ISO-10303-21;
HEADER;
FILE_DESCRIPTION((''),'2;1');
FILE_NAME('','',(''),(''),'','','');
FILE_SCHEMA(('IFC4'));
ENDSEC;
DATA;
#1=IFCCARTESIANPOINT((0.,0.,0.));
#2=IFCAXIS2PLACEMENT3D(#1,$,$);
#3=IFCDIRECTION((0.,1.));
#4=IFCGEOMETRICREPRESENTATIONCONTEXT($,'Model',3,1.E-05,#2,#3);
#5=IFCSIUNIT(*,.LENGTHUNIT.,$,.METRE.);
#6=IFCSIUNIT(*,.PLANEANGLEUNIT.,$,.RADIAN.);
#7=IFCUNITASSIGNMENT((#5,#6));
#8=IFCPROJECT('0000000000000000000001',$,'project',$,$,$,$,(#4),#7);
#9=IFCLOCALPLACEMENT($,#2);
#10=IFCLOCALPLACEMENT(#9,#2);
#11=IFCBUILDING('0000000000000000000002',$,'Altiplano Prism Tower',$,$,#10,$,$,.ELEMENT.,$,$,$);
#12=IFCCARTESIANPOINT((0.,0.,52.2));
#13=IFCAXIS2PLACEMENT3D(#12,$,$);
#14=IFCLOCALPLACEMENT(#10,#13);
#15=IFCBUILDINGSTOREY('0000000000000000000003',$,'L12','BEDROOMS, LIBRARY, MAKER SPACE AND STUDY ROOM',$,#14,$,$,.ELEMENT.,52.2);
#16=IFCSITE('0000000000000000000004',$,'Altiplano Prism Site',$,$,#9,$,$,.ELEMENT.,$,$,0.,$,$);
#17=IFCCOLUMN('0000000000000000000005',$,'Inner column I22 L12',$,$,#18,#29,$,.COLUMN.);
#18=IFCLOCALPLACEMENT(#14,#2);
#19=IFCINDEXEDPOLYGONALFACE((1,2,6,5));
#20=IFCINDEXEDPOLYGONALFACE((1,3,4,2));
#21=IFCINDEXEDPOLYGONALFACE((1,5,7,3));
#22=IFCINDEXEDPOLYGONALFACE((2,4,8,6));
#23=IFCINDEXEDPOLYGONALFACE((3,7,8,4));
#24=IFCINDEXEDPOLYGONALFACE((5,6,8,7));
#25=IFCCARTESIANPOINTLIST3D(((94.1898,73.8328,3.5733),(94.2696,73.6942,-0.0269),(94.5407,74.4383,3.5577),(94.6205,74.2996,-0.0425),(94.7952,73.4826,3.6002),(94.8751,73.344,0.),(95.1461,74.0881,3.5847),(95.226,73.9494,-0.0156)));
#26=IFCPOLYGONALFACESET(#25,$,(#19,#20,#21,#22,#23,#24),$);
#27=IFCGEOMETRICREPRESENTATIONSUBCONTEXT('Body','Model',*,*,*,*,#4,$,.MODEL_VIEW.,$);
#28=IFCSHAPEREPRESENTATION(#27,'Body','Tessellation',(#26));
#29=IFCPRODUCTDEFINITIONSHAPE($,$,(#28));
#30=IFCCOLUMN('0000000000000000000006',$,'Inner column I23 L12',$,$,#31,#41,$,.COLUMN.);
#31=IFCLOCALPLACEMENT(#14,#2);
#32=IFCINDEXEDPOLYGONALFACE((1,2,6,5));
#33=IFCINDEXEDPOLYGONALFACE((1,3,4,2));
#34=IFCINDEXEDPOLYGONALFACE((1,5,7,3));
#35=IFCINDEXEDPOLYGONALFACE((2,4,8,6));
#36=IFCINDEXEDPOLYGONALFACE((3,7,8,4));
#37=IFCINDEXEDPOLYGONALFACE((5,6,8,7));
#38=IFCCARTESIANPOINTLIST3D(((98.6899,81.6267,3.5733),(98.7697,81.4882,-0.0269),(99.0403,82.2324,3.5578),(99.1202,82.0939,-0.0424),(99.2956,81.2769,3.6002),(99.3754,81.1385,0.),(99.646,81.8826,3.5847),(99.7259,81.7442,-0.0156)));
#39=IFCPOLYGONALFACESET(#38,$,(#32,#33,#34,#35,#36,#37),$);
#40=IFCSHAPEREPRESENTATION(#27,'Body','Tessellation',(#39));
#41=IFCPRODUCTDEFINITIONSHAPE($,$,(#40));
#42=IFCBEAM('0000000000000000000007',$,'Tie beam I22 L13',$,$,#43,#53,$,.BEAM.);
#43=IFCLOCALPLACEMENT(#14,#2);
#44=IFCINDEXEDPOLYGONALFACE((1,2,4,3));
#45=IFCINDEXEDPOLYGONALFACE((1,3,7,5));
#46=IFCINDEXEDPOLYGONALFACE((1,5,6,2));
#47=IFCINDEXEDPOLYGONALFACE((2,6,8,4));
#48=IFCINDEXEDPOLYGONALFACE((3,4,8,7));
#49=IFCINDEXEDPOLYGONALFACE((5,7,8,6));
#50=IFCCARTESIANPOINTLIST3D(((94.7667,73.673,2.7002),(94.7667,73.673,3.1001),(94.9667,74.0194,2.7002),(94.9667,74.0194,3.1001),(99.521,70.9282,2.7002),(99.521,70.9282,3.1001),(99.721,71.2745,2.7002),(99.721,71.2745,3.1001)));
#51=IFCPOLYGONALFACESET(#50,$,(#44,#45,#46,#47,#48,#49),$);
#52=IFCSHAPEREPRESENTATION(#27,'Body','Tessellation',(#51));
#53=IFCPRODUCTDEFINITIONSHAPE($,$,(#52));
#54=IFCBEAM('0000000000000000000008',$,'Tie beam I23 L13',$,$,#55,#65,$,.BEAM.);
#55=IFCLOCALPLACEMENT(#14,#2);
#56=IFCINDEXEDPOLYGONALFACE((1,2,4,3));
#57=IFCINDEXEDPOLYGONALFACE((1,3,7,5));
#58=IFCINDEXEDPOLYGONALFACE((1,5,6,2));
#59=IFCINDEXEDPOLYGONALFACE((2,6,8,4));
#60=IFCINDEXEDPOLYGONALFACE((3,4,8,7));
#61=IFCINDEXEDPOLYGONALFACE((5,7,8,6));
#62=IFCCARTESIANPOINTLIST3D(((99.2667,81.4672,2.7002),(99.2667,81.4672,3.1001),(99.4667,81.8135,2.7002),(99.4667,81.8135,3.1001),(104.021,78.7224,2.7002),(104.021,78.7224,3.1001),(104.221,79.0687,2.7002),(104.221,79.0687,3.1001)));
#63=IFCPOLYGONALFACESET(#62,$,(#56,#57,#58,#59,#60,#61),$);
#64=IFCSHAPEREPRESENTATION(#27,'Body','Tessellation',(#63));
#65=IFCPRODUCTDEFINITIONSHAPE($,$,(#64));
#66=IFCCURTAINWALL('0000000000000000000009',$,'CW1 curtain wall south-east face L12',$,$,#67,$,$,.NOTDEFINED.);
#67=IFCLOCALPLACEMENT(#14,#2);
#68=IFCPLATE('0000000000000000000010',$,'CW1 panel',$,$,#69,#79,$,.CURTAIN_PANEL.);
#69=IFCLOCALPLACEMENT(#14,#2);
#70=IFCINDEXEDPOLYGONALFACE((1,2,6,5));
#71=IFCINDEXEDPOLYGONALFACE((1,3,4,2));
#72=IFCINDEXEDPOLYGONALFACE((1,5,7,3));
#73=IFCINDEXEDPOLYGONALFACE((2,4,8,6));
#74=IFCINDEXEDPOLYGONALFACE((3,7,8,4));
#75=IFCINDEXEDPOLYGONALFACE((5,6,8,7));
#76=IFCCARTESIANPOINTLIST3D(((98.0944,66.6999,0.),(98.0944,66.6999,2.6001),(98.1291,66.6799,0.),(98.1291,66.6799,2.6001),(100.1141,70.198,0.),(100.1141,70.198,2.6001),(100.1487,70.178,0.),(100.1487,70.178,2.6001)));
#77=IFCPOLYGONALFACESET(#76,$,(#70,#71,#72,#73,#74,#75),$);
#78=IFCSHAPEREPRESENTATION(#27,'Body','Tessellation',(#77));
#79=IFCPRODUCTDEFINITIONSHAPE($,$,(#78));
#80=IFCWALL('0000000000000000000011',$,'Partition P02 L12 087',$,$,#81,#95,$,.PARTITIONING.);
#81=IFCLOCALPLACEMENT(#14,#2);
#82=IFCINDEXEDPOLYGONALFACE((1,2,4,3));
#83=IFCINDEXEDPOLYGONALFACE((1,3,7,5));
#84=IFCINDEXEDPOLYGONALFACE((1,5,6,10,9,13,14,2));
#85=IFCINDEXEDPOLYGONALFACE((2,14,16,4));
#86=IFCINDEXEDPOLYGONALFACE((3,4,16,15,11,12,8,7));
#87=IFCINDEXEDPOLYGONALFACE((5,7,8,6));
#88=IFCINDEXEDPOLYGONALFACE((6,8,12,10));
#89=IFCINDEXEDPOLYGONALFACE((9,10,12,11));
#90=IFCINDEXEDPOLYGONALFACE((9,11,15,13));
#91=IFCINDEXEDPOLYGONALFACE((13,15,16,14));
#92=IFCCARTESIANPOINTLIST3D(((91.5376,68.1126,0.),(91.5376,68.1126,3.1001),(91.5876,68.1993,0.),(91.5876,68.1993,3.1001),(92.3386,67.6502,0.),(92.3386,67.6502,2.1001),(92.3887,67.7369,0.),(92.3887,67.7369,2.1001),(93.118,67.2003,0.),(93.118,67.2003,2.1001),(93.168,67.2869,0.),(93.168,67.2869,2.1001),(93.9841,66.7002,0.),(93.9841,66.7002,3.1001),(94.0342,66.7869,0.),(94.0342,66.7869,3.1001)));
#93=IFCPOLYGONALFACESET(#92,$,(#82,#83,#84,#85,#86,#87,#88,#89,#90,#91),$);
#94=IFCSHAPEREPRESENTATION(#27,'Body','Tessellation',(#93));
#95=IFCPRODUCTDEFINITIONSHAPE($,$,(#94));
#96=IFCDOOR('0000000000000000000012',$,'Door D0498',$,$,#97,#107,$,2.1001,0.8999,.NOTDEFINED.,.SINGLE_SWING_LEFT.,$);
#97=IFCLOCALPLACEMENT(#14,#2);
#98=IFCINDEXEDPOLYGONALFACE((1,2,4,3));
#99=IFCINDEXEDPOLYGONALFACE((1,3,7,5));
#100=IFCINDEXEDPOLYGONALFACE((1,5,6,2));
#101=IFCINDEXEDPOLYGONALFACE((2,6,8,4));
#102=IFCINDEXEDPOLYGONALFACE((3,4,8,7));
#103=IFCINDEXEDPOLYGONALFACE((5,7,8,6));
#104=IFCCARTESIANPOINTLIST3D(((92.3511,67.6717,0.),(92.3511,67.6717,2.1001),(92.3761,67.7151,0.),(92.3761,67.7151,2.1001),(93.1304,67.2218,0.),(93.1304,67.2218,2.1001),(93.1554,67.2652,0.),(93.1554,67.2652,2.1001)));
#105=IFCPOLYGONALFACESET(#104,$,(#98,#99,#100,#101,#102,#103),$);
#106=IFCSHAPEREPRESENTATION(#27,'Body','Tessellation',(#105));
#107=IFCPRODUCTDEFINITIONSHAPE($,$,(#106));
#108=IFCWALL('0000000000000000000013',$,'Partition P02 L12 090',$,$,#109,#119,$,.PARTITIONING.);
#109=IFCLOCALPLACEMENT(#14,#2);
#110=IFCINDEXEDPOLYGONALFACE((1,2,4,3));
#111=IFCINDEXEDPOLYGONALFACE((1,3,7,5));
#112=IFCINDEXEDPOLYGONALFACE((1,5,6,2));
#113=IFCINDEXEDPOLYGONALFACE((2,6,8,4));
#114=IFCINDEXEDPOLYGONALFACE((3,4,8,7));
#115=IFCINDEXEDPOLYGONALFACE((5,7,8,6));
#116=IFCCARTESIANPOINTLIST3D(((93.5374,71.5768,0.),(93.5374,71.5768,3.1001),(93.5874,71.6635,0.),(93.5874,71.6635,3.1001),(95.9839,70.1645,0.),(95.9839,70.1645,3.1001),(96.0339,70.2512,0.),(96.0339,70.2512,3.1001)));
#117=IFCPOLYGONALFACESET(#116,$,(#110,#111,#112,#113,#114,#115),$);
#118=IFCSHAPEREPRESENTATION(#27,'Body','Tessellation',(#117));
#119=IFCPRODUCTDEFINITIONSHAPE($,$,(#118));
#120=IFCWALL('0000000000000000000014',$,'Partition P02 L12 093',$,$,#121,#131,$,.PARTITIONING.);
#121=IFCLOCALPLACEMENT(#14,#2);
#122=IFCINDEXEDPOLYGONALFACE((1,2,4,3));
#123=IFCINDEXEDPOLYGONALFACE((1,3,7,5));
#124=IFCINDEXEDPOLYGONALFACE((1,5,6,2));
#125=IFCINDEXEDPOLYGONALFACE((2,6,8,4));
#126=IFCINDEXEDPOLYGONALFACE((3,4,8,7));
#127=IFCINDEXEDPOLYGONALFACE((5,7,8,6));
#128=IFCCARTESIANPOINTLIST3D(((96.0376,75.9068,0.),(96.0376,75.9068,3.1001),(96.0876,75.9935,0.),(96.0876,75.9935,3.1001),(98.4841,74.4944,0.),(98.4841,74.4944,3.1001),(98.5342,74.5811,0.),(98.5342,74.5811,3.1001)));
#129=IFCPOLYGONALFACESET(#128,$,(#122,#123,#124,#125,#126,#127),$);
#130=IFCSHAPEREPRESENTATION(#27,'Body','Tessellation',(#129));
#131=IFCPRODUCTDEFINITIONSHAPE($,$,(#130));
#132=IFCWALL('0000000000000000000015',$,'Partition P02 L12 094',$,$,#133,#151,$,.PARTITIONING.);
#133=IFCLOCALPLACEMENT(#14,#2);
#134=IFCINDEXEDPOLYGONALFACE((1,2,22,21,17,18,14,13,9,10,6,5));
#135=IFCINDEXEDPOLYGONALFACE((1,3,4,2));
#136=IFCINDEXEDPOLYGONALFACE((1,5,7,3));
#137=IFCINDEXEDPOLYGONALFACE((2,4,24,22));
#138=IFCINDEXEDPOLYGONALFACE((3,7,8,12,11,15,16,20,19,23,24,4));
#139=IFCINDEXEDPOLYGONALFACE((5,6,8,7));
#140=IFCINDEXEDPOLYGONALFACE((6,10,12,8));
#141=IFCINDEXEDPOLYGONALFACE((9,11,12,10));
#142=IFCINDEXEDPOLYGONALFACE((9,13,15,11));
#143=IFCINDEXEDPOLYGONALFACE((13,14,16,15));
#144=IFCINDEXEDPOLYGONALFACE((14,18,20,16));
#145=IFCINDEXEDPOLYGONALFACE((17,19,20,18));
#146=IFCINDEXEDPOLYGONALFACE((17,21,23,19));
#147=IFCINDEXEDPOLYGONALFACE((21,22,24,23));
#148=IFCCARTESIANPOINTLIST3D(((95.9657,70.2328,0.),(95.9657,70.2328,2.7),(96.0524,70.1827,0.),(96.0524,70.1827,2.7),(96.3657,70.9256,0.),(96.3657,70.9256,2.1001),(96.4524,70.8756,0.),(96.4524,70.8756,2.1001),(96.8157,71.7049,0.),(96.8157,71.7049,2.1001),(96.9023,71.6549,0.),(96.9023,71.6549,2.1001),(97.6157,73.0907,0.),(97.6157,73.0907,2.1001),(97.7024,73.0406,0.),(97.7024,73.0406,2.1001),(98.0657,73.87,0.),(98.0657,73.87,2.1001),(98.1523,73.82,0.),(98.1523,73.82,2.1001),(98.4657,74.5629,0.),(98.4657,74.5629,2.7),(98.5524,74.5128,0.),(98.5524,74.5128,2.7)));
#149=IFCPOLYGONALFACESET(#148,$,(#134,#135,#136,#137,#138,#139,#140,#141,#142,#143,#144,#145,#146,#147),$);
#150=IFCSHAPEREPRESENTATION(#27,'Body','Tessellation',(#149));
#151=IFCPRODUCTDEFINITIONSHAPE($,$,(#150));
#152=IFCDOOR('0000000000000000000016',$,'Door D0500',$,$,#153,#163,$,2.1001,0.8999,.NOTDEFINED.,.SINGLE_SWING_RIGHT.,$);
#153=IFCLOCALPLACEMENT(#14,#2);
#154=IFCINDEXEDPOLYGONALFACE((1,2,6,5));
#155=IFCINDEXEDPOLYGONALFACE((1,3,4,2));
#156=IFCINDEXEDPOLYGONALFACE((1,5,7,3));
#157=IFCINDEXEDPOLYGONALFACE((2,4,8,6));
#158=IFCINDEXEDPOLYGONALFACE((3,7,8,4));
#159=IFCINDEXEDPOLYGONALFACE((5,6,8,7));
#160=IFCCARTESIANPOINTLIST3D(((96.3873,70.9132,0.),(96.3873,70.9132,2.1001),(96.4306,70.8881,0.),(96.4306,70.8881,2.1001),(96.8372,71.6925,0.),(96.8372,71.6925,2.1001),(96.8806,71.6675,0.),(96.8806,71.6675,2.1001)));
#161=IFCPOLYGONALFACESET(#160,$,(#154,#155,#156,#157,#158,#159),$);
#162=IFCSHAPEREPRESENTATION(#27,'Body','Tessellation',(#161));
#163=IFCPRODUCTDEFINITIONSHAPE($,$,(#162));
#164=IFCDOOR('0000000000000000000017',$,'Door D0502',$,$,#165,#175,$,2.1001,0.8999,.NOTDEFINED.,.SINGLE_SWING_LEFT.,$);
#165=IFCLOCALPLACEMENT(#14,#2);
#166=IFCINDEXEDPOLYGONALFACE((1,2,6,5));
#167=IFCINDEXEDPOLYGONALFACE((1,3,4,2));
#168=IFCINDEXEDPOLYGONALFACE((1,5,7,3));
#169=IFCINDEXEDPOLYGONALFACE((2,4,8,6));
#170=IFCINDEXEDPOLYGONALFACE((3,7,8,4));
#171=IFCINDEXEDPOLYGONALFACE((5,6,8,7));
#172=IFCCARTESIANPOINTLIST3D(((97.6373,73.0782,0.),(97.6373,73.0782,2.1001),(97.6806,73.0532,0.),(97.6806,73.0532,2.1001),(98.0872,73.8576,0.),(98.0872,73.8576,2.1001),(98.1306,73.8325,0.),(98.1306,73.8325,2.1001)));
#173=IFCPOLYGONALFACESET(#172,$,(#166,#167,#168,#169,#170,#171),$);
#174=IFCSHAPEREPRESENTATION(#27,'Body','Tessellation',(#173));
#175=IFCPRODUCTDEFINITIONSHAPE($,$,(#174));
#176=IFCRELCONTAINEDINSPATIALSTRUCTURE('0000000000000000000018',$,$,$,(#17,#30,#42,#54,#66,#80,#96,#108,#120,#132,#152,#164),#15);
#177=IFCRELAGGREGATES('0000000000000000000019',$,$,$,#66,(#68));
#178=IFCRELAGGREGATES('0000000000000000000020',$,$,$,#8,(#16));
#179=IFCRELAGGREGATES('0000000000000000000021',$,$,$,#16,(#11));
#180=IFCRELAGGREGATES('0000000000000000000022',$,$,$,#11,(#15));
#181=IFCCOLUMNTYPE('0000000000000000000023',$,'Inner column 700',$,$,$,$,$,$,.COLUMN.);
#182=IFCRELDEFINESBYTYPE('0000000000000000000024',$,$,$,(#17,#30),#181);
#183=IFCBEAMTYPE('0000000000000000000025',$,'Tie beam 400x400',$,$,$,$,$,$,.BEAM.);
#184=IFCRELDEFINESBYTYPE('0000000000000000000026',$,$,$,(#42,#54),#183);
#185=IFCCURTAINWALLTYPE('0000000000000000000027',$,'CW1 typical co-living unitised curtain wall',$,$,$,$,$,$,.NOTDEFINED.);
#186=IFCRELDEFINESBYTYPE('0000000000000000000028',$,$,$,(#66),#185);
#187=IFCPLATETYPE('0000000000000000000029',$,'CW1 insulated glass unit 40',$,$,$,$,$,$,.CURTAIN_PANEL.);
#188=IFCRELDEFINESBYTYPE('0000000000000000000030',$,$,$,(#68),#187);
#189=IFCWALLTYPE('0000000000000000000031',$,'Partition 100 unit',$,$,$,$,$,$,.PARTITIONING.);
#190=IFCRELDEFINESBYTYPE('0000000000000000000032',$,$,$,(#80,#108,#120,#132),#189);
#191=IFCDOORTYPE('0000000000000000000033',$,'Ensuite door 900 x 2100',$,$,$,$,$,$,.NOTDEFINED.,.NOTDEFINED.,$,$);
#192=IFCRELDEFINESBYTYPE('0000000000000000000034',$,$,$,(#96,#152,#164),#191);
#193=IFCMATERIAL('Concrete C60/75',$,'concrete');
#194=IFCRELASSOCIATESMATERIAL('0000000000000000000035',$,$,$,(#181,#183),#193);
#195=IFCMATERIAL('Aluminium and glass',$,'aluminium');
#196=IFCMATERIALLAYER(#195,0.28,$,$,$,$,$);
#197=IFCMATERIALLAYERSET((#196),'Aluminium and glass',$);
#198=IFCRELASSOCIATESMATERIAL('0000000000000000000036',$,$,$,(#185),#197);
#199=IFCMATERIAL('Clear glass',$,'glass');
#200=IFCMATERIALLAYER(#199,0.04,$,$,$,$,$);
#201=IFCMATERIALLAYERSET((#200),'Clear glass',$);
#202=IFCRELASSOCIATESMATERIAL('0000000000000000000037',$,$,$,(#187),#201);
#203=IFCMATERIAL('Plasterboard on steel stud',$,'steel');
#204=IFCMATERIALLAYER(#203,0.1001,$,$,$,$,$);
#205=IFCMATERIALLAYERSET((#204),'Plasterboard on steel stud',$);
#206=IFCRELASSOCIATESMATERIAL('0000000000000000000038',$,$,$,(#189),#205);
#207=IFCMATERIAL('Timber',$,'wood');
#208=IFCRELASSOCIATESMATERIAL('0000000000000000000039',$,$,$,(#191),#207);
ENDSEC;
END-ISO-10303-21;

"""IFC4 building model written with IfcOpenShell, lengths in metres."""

from ifc_helpers import new_model, si_unit, direction, frame, frame_2d, origin, origin_2d, place, context, subcontext, project, spatial, rectangle, extrude, material, layer, layer_set, material_profile, profile_set, type_object, element, fill, aggregate, save


model = new_model("IFC4")

# Units and contexts
model_context = context("Model", 3, precision=1e-05, world=origin(), true_north=direction((0.0, 1.0)))
body_context = subcontext(model_context, "Body", "Model", "MODEL_VIEW")
ifc_project = project(units=[si_unit("LENGTHUNIT", "METRE"), si_unit("PLANEANGLEUNIT", "RADIAN")], contexts=[model_context])

# Site, building, storey
site_placement = place(None, origin())
site = spatial("IfcSite", under=ifc_project, at=site_placement, Name="Altiplano Prism Site", CompositionType="ELEMENT", RefElevation=0.0)
building_placement = place(site_placement, origin())
building = spatial("IfcBuilding", under=site, at=building_placement, Name="Altiplano Prism Tower", CompositionType="ELEMENT")
storey_placement = place(building_placement, frame((0.0, 0.0, 52.2)))
storey = spatial("IfcBuildingStorey", under=building, at=storey_placement, Name="L12", Description="BEDROOMS, LIBRARY, MAKER SPACE AND STUDY ROOM", CompositionType="ELEMENT", Elevation=52.2)

# Columns
ifc_material_1 = material(Name="Concrete C60/75", Category="concrete")
ifc_material_profile_1 = material_profile(ifc_material_1, rectangle(XDim=0.7, YDim=0.7, at=origin_2d()), Name="Inner column 700")
ifc_profile_set_1 = profile_set([ifc_material_profile_1], Name="Concrete C60/75")
column_type = type_object("IfcColumnType", Name="Inner column 700", PredefinedType="COLUMN", material=ifc_profile_set_1)
for number, where, z_axis, x_axis, name in (
    (1, (94.7478, 73.8218, -0.0212), (-0.022154, 0.038481, 0.999014), (-0.501313, -0.864981, 0.022201), "Inner column I22 L12"),
    (2, (99.2478, 81.6162, -0.0212), (-0.022154, 0.038413, 0.999016), (-0.500657, -0.865362, 0.022172), "Inner column I23 L12"),
):
    element("IfcColumn", number, at=place(storey_placement, frame(where, z_axis=z_axis, x_axis=x_axis)), inside=storey, type_object=column_type, Name=name, PredefinedType="COLUMN", context=body_context, shape_type="SweptSolid", body=[
        extrude(rectangle(XDim=0.7, YDim=0.7, at=origin_2d()), origin(), (0.0, 0.0, 1.0), 3.6038),
    ])

# Beams
ifc_material_profile_2 = material_profile(ifc_material_1, rectangle(XDim=0.3999, YDim=0.3999, at=origin_2d()), Name="Tie beam 400x400")
ifc_profile_set_2 = profile_set([ifc_material_profile_2], Name="Concrete C60/75")
beam_type = type_object("IfcBeamType", Name="Tie beam 400x400", PredefinedType="BEAM", material=ifc_profile_set_2)
for number, where, z_axis, x_axis, name in (
    (3, (94.8667, 73.8462, 2.9001), (0.866032, -0.499989, 0.0), (0.499989, 0.866032, 0.0), "Tie beam I22 L13"),
    (4, (99.3667, 81.6404, 2.9001), (0.866032, -0.499989, 0.0), (0.499989, 0.866032, 0.0), "Tie beam I23 L13"),
):
    element("IfcBeam", number, at=place(storey_placement, frame(where, z_axis=z_axis, x_axis=x_axis)), inside=storey, type_object=beam_type, Name=name, PredefinedType="BEAM", context=body_context, shape_type="SweptSolid", body=[
        extrude(rectangle(XDim=0.3999, YDim=0.3999, at=origin_2d()), origin(), (0.0, 0.0, 1.0), 5.4897),
    ])

# Curtain wall, plate
ifc_material_2 = material(Name="Aluminium and glass", Category="aluminium")
ifc_layer_1 = layer(ifc_material_2, 0.28)
ifc_layer_set_1 = layer_set([ifc_layer_1], Name="Aluminium and glass")
curtain_wall_type = type_object("IfcCurtainWallType", Name="CW1 typical co-living unitised curtain wall", PredefinedType="NOTDEFINED", material=ifc_layer_set_1)
curtain_wall_placement = place(storey_placement, origin())
curtain_wall = element("IfcCurtainWall", 5, at=curtain_wall_placement, inside=storey, type_object=curtain_wall_type, Name="CW1 curtain wall south-east face L12", PredefinedType="NOTDEFINED")
ifc_material_3 = material(Name="Clear glass", Category="glass")
ifc_layer_2 = layer(ifc_material_3, 0.04)
ifc_layer_set_2 = layer_set([ifc_layer_2], Name="Clear glass")
plate_type = type_object("IfcPlateType", Name="CW1 insulated glass unit 40", PredefinedType="CURTAIN_PANEL", material=ifc_layer_set_2)
plate_placement = place(storey_placement, frame((99.1216, 68.439, 0.0), z_axis=(0.0, 0.0, 1.0), x_axis=(0.5, 0.866025, 0.0)))
plate = element("IfcPlate", 6, at=plate_placement, type_object=plate_type, Name="CW1 panel", PredefinedType="CURTAIN_PANEL", context=body_context, shape_type="SweptSolid", body=[
    extrude(rectangle(XDim=4.0393, YDim=0.04, at=origin_2d()), origin(), (0.0, 0.0, 1.0), 2.6001),
])
aggregate(curtain_wall, [plate])

# Wall, opening, door
ifc_material_4 = material(Name="Plasterboard on steel stud", Category="steel")
ifc_layer_3 = layer(ifc_material_4, 0.1001)
ifc_layer_set_3 = layer_set([ifc_layer_3], Name="Plasterboard on steel stud")
wall_type_1 = type_object("IfcWallType", Name="Partition 100 unit", PredefinedType="PARTITIONING", material=ifc_layer_set_3)
wall_1_placement = place(storey_placement, frame((91.5625, 68.156, 0.0), z_axis=(0.0, 0.0, 1.0), x_axis=(0.866049, -0.499959, 0.0)))
wall_1 = element("IfcWall", 7, at=wall_1_placement, inside=storey, type_object=wall_type_1, Name="Partition P02 L12 087", PredefinedType="PARTITIONING", context=body_context, shape_type="SweptSolid", body=[
    extrude(rectangle(XDim=2.825, YDim=0.1001, at=frame_2d((1.4126, 0.0))), origin(), (0.0, 0.0, 1.0), 3.1001),
])
opening_1_placement = place(wall_1_placement, frame((0.925, 0.0, 0.0)))
opening_1 = element("IfcOpeningElement", 8, at=opening_1_placement, cuts=wall_1, PredefinedType="OPENING", context=body_context, shape_type="SweptSolid", body=[
    extrude(rectangle(XDim=0.8999, YDim=2.1001, at=frame_2d((0.45, 1.05))), frame((0.0, 0.0605, 0.0), z_axis=(0.0, -1.0, 0.0), x_axis=(1.0, 0.0, 0.0)), (0.0, 0.0, 1.0), 0.1211),
])
ifc_material_5 = material(Name="Timber", Category="wood")
door_type = type_object("IfcDoorType", Name="Ensuite door 900 x 2100", OperationType="NOTDEFINED", PredefinedType="NOTDEFINED", material=ifc_material_5)
door_1_placement = place(opening_1_placement, origin())
door_1 = element("IfcDoor", 9, at=door_1_placement, inside=storey, type_object=door_type, Name="Door D0498", OperationType="SINGLE_SWING_LEFT", OverallHeight=2.1001, OverallWidth=0.8999, PredefinedType="NOTDEFINED", context=body_context, shape_type="SweptSolid", body=[
    extrude(rectangle(XDim=0.8999, YDim=2.1001, at=frame_2d((0.45, 1.05))), frame((0.0, 0.0249, 0.0), z_axis=(0.0, -1.0, 0.0), x_axis=(1.0, 0.0, 0.0)), (0.0, 0.0, 1.0), 0.05),
])
fill(opening_1, door_1)

# Walls
for number, where, z_axis, x_axis, name in (
    (10, (96.009, 70.2078, 0.0), (0.0, 0.0, 1.0), (-0.866049, 0.499959, 0.0), "Partition P02 L12 090"),
    (11, (96.0625, 75.9502, 0.0), (0.0, 0.0, 1.0), (0.866049, -0.499959, 0.0), "Partition P02 L12 093"),
):
    element("IfcWall", number, at=place(storey_placement, frame(where, z_axis=z_axis, x_axis=x_axis)), inside=storey, type_object=wall_type_1, Name=name, PredefinedType="PARTITIONING", context=body_context, shape_type="SweptSolid", body=[
        extrude(rectangle(XDim=2.825, YDim=0.1001, at=frame_2d((1.4126, 0.0))), origin(), (0.0, 0.0, 1.0), 3.1001),
    ])

# Wall, openings, doors
wall_2_placement = place(storey_placement, frame((98.509, 74.5378, 0.0), z_axis=(0.0, 0.0, 1.0), x_axis=(-0.500004, -0.866023, 0.0)))
wall_2 = element("IfcWall", 12, at=wall_2_placement, inside=storey, type_object=wall_type_1, Name="Partition P02 L12 094", PredefinedType="PARTITIONING", context=body_context, shape_type="SweptSolid", body=[
    extrude(rectangle(XDim=5.0, YDim=0.1001, at=frame_2d((2.5, 0.0))), origin(), (0.0, 0.0, 1.0), 2.7),
])
opening_2_placement = place(wall_2_placement, frame((3.3, 0.0, 0.0)))
opening_2 = element("IfcOpeningElement", 13, at=opening_2_placement, cuts=wall_2, PredefinedType="OPENING", context=body_context, shape_type="SweptSolid", body=[
    extrude(rectangle(XDim=0.8999, YDim=2.1001, at=frame_2d((0.45, 1.05))), frame((0.0, 0.0605, 0.0), z_axis=(0.0, -1.0, 0.0), x_axis=(1.0, 0.0, 0.0)), (0.0, 0.0, 1.0), 0.1211),
])
opening_3_placement = place(wall_2_placement, frame((0.8, 0.0, 0.0)))
opening_3 = element("IfcOpeningElement", 14, at=opening_3_placement, cuts=wall_2, PredefinedType="OPENING", context=body_context, shape_type="SweptSolid", body=[
    extrude(rectangle(XDim=0.8999, YDim=2.1001, at=frame_2d((0.45, 1.05))), frame((0.0, 0.0605, 0.0), z_axis=(0.0, -1.0, 0.0), x_axis=(1.0, 0.0, 0.0)), (0.0, 0.0, 1.0), 0.1211),
])
door_2_placement = place(opening_2_placement, origin())
door_2 = element("IfcDoor", 15, at=door_2_placement, inside=storey, type_object=door_type, Name="Door D0500", OperationType="SINGLE_SWING_RIGHT", OverallHeight=2.1001, OverallWidth=0.8999, PredefinedType="NOTDEFINED", context=body_context, shape_type="SweptSolid", body=[
    extrude(rectangle(XDim=0.8999, YDim=2.1001, at=frame_2d((0.45, 1.05))), frame((0.0, 0.0249, 0.0), z_axis=(0.0, -1.0, 0.0), x_axis=(1.0, 0.0, 0.0)), (0.0, 0.0, 1.0), 0.05),
])
fill(opening_2, door_2)
door_3_placement = place(opening_3_placement, origin())
door_3 = element("IfcDoor", 16, at=door_3_placement, inside=storey, type_object=door_type, Name="Door D0502", OperationType="SINGLE_SWING_LEFT", OverallHeight=2.1001, OverallWidth=0.8999, PredefinedType="NOTDEFINED", context=body_context, shape_type="SweptSolid", body=[
    extrude(rectangle(XDim=0.8999, YDim=2.1001, at=frame_2d((0.45, 1.05))), frame((0.0, 0.0249, 0.0), z_axis=(0.0, -1.0, 0.0), x_axis=(1.0, 0.0, 0.0)), (0.0, 0.0, 1.0), 0.05),
])
fill(opening_3, door_3)

save(model, "model.ifc")
